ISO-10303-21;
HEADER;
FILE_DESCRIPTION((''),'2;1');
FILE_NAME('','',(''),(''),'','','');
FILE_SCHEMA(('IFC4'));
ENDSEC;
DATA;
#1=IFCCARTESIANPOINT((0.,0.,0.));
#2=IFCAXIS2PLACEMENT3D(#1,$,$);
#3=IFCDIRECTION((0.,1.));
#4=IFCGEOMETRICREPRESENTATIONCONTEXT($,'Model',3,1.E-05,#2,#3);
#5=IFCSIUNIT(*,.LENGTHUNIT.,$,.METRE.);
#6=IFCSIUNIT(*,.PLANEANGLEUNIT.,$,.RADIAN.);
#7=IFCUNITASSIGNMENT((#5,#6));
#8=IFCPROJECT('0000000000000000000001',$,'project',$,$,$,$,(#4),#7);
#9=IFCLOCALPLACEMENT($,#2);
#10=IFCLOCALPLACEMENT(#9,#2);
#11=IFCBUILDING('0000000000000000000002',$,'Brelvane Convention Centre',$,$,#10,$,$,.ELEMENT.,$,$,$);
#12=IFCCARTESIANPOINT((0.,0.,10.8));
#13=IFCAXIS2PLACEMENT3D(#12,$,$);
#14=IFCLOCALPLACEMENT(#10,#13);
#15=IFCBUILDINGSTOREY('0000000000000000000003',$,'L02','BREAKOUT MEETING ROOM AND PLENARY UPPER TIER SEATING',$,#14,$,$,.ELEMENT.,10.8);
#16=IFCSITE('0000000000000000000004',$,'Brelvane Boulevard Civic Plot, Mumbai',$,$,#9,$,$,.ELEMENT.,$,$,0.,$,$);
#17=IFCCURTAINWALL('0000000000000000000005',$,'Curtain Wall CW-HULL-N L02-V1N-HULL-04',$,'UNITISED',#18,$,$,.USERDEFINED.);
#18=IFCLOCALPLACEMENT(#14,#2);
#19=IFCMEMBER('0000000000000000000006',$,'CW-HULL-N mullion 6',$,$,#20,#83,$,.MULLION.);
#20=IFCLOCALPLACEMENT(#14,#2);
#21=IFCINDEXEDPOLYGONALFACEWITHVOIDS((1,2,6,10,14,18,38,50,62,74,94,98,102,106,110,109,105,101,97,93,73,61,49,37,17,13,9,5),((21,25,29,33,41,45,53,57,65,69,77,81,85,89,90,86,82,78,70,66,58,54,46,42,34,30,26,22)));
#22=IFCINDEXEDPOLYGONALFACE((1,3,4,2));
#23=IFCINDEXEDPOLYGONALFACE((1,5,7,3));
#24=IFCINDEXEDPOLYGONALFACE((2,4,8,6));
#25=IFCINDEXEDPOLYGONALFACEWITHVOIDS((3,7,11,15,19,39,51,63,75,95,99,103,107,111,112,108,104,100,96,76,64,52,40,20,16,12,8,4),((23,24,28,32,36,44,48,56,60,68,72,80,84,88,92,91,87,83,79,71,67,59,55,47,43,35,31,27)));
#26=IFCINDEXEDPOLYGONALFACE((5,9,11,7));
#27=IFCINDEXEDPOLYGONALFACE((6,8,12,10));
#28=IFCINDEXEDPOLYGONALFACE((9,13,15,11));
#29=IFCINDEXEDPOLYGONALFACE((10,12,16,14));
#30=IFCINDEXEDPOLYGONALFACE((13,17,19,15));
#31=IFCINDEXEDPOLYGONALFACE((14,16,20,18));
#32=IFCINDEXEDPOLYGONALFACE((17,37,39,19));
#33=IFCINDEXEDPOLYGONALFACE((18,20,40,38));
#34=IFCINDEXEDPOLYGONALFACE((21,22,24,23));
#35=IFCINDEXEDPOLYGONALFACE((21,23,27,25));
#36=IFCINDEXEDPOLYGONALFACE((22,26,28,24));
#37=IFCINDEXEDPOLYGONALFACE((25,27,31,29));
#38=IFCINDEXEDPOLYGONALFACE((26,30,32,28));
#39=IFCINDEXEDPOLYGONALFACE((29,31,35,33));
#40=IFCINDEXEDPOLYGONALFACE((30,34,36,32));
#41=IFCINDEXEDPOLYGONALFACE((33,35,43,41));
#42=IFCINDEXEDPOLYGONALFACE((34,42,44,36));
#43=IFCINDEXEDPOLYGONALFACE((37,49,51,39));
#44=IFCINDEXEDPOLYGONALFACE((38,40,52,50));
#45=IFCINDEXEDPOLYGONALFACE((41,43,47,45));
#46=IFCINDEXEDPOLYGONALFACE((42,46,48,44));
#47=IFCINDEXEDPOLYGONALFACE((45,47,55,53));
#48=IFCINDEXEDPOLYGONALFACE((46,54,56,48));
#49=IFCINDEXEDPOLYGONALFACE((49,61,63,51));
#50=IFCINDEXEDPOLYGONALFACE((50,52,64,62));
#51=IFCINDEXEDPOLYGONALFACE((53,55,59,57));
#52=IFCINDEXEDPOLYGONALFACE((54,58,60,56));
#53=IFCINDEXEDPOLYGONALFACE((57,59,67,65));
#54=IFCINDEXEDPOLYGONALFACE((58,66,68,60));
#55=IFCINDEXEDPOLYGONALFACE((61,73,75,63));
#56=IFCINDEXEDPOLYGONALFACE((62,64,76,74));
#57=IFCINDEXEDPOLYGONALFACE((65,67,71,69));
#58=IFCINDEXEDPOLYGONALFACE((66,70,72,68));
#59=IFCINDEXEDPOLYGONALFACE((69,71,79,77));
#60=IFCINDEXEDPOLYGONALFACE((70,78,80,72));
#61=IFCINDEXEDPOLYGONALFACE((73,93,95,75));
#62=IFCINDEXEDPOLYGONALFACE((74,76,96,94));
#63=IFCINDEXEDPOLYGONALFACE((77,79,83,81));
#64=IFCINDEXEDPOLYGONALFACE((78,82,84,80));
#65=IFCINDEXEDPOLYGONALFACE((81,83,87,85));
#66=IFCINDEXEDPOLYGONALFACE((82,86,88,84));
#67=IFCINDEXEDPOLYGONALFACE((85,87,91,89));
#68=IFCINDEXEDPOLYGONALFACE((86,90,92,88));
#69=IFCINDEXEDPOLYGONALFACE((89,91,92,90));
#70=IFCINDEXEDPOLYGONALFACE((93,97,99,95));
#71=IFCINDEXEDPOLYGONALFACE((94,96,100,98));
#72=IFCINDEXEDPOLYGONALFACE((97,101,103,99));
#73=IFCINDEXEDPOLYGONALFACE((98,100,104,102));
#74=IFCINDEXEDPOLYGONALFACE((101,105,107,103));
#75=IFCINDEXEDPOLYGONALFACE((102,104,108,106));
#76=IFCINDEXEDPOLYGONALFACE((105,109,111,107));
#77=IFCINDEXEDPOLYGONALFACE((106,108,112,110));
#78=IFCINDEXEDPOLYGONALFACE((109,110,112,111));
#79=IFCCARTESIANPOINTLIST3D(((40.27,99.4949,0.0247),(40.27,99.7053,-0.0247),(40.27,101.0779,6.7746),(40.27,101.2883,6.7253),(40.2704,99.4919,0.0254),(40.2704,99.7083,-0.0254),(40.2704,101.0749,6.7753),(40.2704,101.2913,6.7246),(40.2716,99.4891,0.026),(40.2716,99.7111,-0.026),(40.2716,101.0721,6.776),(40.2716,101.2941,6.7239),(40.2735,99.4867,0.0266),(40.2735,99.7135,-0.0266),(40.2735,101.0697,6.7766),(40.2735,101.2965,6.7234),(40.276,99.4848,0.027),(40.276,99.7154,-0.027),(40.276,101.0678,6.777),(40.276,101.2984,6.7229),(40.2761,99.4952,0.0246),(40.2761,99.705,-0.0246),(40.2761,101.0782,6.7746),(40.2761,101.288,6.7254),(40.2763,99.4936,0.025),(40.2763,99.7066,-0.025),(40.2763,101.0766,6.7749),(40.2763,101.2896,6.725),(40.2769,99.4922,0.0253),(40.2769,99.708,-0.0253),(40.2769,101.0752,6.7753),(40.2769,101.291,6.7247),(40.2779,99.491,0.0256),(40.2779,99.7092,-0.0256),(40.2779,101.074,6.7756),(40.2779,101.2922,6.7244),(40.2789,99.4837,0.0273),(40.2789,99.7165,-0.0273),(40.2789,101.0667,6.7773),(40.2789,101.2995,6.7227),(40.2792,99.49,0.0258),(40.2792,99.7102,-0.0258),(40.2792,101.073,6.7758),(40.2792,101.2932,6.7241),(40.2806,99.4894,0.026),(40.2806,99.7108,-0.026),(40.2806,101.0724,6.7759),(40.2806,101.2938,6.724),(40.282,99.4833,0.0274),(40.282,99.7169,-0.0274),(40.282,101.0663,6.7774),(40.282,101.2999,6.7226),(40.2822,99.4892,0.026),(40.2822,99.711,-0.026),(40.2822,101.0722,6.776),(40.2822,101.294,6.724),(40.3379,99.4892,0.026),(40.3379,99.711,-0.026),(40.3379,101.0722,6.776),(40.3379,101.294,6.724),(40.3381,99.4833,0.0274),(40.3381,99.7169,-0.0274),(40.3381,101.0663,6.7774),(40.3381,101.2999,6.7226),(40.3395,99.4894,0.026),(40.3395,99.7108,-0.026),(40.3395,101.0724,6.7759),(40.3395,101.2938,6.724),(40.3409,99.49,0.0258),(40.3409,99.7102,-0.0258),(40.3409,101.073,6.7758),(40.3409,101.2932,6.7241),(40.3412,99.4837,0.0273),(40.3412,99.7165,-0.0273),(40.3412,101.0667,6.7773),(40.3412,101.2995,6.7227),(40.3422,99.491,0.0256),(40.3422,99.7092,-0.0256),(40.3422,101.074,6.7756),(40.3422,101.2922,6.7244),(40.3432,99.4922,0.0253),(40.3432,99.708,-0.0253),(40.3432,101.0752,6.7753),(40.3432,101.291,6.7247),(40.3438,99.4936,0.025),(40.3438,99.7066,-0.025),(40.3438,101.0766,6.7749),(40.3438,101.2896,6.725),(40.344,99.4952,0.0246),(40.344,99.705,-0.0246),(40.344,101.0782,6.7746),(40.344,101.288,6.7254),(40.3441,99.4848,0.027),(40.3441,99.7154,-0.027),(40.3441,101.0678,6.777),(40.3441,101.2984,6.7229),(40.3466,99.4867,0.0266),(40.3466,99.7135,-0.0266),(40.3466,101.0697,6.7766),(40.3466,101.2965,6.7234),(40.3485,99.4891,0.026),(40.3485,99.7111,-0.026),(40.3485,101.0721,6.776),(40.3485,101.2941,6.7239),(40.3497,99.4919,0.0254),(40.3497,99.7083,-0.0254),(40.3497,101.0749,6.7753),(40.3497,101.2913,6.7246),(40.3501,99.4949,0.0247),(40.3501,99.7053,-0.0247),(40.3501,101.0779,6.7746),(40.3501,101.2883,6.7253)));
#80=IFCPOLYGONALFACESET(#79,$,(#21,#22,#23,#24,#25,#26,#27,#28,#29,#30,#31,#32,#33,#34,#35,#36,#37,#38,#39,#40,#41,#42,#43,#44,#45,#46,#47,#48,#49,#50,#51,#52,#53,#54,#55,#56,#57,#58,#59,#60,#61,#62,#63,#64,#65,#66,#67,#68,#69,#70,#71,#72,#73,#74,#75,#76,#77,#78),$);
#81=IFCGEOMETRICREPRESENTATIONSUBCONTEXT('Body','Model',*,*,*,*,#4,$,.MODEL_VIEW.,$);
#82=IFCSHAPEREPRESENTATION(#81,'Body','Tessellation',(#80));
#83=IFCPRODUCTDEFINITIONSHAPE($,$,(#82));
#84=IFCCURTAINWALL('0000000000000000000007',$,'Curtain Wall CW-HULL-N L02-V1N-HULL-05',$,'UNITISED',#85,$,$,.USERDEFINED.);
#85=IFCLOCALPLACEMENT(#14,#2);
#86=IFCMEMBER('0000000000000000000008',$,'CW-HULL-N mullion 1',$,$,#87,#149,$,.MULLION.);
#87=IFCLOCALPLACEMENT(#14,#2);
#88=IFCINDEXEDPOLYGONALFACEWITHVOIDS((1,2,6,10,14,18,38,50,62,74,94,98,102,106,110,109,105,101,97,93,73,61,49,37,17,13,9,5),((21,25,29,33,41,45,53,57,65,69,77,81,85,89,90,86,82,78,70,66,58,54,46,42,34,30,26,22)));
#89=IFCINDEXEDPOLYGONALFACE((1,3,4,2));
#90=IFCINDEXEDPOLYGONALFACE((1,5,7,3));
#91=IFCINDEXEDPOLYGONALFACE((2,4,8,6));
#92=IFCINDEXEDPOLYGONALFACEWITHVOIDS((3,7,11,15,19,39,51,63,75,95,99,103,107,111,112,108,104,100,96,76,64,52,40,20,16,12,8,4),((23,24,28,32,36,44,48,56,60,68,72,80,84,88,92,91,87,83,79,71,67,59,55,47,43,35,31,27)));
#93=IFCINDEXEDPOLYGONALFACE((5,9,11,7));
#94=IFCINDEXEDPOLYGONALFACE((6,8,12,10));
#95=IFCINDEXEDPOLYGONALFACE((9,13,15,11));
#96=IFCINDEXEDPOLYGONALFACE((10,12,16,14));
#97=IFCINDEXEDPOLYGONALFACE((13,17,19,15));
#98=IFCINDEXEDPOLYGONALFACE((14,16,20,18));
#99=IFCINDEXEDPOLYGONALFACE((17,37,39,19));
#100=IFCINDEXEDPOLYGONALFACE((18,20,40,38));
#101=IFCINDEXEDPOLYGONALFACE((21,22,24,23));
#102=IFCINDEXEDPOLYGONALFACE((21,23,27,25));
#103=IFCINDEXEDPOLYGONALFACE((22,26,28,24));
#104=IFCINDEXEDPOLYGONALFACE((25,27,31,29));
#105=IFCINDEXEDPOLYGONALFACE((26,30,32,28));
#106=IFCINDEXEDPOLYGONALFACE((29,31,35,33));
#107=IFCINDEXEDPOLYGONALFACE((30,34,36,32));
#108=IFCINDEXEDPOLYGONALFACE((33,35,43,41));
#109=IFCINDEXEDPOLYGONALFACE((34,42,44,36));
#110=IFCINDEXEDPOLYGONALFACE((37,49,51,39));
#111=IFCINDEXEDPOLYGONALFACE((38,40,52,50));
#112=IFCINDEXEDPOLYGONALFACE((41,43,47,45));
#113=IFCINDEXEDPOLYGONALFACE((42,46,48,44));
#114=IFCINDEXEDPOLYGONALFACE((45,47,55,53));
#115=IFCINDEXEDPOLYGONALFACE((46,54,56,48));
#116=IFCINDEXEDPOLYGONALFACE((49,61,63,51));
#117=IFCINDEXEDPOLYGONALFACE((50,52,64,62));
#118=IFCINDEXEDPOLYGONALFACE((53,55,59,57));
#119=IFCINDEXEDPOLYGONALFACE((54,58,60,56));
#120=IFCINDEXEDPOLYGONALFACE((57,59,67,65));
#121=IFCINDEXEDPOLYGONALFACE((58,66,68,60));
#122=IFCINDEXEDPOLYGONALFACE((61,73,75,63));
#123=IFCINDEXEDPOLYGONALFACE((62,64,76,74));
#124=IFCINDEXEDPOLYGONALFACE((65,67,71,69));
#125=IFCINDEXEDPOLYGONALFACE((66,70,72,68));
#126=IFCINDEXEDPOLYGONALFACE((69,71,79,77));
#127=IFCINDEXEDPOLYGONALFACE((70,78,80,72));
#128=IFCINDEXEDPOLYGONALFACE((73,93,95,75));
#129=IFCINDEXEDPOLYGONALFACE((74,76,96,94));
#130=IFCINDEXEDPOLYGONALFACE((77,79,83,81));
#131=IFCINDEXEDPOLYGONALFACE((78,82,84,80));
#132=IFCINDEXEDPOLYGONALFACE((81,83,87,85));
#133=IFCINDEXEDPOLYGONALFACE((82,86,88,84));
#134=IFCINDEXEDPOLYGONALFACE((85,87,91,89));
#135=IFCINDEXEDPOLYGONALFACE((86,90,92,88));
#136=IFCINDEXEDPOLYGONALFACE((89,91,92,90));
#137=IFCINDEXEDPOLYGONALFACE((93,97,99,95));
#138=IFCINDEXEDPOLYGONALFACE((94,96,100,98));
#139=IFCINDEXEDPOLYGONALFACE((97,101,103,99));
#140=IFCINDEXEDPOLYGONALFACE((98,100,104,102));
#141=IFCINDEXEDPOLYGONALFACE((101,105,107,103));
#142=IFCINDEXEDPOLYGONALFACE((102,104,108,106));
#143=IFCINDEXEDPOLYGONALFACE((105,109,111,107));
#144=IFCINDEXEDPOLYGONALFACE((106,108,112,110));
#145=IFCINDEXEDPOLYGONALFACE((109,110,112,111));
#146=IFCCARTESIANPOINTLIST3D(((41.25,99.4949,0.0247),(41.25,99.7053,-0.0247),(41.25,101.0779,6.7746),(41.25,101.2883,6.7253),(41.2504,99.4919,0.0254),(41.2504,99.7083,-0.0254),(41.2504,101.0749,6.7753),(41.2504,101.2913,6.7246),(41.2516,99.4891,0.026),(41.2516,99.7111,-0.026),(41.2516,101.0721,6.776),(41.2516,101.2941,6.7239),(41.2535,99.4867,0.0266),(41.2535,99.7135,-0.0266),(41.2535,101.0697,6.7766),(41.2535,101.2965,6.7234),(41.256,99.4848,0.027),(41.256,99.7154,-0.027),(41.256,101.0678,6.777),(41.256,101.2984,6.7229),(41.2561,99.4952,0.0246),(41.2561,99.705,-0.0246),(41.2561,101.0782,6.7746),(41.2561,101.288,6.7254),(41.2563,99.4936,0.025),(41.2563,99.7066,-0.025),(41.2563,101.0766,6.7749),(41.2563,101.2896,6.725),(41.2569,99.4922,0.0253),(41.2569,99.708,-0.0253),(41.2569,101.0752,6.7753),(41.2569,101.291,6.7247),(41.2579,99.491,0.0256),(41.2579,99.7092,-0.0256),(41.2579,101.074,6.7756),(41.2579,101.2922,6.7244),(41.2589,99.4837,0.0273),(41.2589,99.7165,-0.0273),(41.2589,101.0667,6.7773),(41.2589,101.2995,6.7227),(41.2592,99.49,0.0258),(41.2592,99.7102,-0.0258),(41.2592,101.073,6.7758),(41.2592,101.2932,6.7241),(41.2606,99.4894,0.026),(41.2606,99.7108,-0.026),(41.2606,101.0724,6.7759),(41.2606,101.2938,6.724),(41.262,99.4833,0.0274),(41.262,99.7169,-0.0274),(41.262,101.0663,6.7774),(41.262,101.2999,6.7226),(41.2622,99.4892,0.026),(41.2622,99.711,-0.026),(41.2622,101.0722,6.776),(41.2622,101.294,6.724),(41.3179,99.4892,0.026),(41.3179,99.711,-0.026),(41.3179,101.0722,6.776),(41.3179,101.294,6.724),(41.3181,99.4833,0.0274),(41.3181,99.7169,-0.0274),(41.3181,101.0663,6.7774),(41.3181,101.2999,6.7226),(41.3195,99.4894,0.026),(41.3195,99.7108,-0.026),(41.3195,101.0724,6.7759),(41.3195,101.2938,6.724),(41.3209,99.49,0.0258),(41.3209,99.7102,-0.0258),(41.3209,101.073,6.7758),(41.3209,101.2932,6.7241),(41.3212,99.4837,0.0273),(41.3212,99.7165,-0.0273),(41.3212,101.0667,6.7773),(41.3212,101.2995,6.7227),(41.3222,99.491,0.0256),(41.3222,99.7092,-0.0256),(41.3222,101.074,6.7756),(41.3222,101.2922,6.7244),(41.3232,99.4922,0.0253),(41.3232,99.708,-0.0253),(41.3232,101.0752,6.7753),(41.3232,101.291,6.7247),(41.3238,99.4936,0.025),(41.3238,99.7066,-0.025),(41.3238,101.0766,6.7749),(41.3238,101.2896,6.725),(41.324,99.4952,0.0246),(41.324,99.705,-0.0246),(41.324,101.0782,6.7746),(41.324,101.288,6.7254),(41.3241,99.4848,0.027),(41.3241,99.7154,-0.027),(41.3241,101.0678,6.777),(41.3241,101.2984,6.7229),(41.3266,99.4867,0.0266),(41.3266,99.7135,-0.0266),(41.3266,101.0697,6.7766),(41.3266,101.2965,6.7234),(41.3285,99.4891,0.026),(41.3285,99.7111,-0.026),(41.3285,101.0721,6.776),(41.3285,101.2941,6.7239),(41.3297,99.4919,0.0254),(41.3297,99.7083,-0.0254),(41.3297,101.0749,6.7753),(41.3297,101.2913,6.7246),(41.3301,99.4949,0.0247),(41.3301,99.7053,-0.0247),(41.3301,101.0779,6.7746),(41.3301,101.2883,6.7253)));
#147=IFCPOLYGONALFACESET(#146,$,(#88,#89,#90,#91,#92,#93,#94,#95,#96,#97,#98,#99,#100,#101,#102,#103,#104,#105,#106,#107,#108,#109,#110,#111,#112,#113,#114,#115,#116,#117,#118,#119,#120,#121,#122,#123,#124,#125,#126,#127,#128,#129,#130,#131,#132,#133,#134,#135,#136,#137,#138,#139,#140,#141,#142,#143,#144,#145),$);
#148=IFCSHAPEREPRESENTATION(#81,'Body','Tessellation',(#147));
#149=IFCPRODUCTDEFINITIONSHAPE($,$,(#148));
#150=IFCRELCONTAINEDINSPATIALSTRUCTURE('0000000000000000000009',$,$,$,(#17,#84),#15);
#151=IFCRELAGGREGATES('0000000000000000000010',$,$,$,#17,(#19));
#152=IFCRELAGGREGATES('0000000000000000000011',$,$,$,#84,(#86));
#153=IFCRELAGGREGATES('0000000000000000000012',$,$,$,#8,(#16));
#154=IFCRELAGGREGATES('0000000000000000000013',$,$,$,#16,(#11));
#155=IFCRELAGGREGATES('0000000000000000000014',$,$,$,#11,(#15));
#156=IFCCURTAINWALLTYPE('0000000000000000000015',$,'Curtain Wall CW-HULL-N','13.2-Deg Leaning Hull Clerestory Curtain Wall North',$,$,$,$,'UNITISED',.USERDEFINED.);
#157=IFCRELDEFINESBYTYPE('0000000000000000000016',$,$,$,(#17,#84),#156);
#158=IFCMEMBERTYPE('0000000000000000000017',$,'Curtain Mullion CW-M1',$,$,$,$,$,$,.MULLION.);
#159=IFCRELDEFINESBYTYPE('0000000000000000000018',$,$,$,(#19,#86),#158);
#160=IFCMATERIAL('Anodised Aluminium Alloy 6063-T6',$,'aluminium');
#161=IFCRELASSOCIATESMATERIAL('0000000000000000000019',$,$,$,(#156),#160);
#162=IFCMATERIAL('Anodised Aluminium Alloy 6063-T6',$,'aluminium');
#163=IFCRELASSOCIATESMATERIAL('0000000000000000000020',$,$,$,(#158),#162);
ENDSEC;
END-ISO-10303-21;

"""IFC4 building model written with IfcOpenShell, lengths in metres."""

from ifc_helpers import new_model, si_unit, direction, frame, origin, origin_2d, place, context, subcontext, project, spatial, hollow_rectangle, extrude, material, material_profile, profile_set, type_object, element, aggregate, save


model = new_model("IFC4")

# Units and contexts
model_context = context("Model", 3, precision=1e-05, world=origin(), true_north=direction((0.0, 1.0)))
body_context = subcontext(model_context, "Body", "Model", "MODEL_VIEW")
ifc_project = project(units=[si_unit("LENGTHUNIT", "METRE"), si_unit("PLANEANGLEUNIT", "RADIAN")], contexts=[model_context])

# Site, building, storey
site_placement = place(None, origin())
site = spatial("IfcSite", under=ifc_project, at=site_placement, Name="Brelvane Boulevard Civic Plot, Mumbai", CompositionType="ELEMENT", RefElevation=0.0)
building_placement = place(site_placement, origin())
building = spatial("IfcBuilding", under=site, at=building_placement, Name="Brelvane Convention Centre", CompositionType="ELEMENT")
storey_placement = place(building_placement, frame((0.0, 0.0, 10.8)))
storey = spatial("IfcBuildingStorey", under=building, at=storey_placement, Name="L02", Description="BREAKOUT MEETING ROOM AND PLENARY UPPER TIER SEATING", CompositionType="ELEMENT", Elevation=10.8)

# Curtain walls, members
ifc_material_1 = material(Name="Anodised Aluminium Alloy 6063-T6", Category="aluminium")
curtain_wall_type = type_object("IfcCurtainWallType", Name="Curtain Wall CW-HULL-N", Description="13.2-Deg Leaning Hull Clerestory Curtain Wall North", ElementType="UNITISED", PredefinedType="USERDEFINED", material=ifc_material_1)
curtain_wall_1_placement = place(storey_placement, origin())
curtain_wall_1 = element("IfcCurtainWall", 1, at=curtain_wall_1_placement, inside=storey, type_object=curtain_wall_type, Name="Curtain Wall CW-HULL-N L02-V1N-HULL-04", ObjectType="UNITISED", PredefinedType="USERDEFINED")
ifc_material_2 = material(Name="Anodised Aluminium Alloy 6063-T6", Category="aluminium")
ifc_material_profile_1 = material_profile(ifc_material_2, hollow_rectangle(XDim=0.0801, YDim=0.24, WallThickness=0.0061, InnerFilletRadius=0.0061, OuterFilletRadius=0.012, at=origin_2d()), Name="ALU-M 240x80x6.0")
ifc_profile_set_1 = profile_set([ifc_material_profile_1], Name="Anodised Aluminium Alloy 6063-T6")
member_type_1 = type_object("IfcMemberType", Name="Curtain Mullion CW-M1", PredefinedType="MULLION", material=ifc_profile_set_1)
member_1_placement = place(storey_placement, frame((40.3101, 99.6001, 0.0), z_axis=(0.0, 0.228325, 0.973585), x_axis=(-1.0, 0.0, 0.0)))
member_1 = element("IfcMember", 2, at=member_1_placement, type_object=member_type_1, Name="CW-HULL-N mullion 6", PredefinedType="MULLION", context=body_context, shape_type="SweptSolid", body=[
    extrude(hollow_rectangle(XDim=0.0801, YDim=0.24, WallThickness=0.0061, InnerFilletRadius=0.0061, OuterFilletRadius=0.012, at=origin_2d()), origin(), (0.0, 0.0, 1.0), 6.9331),
])
curtain_wall_2_placement = place(storey_placement, origin())
curtain_wall_2 = element("IfcCurtainWall", 3, at=curtain_wall_2_placement, inside=storey, type_object=curtain_wall_type, Name="Curtain Wall CW-HULL-N L02-V1N-HULL-05", ObjectType="UNITISED", PredefinedType="USERDEFINED")
member_2_placement = place(storey_placement, frame((41.29, 99.6001, 0.0), z_axis=(0.0, 0.228325, 0.973585), x_axis=(-1.0, 0.0, 0.0)))
member_2 = element("IfcMember", 4, at=member_2_placement, type_object=member_type_1, Name="CW-HULL-N mullion 1", PredefinedType="MULLION", context=body_context, shape_type="SweptSolid", body=[
    extrude(hollow_rectangle(XDim=0.0801, YDim=0.24, WallThickness=0.0061, InnerFilletRadius=0.0061, OuterFilletRadius=0.012, at=origin_2d()), origin(), (0.0, 0.0, 1.0), 6.9331),
])

aggregate(curtain_wall_1, [member_1])
aggregate(curtain_wall_2, [member_2])

save(model, "model.ifc")
